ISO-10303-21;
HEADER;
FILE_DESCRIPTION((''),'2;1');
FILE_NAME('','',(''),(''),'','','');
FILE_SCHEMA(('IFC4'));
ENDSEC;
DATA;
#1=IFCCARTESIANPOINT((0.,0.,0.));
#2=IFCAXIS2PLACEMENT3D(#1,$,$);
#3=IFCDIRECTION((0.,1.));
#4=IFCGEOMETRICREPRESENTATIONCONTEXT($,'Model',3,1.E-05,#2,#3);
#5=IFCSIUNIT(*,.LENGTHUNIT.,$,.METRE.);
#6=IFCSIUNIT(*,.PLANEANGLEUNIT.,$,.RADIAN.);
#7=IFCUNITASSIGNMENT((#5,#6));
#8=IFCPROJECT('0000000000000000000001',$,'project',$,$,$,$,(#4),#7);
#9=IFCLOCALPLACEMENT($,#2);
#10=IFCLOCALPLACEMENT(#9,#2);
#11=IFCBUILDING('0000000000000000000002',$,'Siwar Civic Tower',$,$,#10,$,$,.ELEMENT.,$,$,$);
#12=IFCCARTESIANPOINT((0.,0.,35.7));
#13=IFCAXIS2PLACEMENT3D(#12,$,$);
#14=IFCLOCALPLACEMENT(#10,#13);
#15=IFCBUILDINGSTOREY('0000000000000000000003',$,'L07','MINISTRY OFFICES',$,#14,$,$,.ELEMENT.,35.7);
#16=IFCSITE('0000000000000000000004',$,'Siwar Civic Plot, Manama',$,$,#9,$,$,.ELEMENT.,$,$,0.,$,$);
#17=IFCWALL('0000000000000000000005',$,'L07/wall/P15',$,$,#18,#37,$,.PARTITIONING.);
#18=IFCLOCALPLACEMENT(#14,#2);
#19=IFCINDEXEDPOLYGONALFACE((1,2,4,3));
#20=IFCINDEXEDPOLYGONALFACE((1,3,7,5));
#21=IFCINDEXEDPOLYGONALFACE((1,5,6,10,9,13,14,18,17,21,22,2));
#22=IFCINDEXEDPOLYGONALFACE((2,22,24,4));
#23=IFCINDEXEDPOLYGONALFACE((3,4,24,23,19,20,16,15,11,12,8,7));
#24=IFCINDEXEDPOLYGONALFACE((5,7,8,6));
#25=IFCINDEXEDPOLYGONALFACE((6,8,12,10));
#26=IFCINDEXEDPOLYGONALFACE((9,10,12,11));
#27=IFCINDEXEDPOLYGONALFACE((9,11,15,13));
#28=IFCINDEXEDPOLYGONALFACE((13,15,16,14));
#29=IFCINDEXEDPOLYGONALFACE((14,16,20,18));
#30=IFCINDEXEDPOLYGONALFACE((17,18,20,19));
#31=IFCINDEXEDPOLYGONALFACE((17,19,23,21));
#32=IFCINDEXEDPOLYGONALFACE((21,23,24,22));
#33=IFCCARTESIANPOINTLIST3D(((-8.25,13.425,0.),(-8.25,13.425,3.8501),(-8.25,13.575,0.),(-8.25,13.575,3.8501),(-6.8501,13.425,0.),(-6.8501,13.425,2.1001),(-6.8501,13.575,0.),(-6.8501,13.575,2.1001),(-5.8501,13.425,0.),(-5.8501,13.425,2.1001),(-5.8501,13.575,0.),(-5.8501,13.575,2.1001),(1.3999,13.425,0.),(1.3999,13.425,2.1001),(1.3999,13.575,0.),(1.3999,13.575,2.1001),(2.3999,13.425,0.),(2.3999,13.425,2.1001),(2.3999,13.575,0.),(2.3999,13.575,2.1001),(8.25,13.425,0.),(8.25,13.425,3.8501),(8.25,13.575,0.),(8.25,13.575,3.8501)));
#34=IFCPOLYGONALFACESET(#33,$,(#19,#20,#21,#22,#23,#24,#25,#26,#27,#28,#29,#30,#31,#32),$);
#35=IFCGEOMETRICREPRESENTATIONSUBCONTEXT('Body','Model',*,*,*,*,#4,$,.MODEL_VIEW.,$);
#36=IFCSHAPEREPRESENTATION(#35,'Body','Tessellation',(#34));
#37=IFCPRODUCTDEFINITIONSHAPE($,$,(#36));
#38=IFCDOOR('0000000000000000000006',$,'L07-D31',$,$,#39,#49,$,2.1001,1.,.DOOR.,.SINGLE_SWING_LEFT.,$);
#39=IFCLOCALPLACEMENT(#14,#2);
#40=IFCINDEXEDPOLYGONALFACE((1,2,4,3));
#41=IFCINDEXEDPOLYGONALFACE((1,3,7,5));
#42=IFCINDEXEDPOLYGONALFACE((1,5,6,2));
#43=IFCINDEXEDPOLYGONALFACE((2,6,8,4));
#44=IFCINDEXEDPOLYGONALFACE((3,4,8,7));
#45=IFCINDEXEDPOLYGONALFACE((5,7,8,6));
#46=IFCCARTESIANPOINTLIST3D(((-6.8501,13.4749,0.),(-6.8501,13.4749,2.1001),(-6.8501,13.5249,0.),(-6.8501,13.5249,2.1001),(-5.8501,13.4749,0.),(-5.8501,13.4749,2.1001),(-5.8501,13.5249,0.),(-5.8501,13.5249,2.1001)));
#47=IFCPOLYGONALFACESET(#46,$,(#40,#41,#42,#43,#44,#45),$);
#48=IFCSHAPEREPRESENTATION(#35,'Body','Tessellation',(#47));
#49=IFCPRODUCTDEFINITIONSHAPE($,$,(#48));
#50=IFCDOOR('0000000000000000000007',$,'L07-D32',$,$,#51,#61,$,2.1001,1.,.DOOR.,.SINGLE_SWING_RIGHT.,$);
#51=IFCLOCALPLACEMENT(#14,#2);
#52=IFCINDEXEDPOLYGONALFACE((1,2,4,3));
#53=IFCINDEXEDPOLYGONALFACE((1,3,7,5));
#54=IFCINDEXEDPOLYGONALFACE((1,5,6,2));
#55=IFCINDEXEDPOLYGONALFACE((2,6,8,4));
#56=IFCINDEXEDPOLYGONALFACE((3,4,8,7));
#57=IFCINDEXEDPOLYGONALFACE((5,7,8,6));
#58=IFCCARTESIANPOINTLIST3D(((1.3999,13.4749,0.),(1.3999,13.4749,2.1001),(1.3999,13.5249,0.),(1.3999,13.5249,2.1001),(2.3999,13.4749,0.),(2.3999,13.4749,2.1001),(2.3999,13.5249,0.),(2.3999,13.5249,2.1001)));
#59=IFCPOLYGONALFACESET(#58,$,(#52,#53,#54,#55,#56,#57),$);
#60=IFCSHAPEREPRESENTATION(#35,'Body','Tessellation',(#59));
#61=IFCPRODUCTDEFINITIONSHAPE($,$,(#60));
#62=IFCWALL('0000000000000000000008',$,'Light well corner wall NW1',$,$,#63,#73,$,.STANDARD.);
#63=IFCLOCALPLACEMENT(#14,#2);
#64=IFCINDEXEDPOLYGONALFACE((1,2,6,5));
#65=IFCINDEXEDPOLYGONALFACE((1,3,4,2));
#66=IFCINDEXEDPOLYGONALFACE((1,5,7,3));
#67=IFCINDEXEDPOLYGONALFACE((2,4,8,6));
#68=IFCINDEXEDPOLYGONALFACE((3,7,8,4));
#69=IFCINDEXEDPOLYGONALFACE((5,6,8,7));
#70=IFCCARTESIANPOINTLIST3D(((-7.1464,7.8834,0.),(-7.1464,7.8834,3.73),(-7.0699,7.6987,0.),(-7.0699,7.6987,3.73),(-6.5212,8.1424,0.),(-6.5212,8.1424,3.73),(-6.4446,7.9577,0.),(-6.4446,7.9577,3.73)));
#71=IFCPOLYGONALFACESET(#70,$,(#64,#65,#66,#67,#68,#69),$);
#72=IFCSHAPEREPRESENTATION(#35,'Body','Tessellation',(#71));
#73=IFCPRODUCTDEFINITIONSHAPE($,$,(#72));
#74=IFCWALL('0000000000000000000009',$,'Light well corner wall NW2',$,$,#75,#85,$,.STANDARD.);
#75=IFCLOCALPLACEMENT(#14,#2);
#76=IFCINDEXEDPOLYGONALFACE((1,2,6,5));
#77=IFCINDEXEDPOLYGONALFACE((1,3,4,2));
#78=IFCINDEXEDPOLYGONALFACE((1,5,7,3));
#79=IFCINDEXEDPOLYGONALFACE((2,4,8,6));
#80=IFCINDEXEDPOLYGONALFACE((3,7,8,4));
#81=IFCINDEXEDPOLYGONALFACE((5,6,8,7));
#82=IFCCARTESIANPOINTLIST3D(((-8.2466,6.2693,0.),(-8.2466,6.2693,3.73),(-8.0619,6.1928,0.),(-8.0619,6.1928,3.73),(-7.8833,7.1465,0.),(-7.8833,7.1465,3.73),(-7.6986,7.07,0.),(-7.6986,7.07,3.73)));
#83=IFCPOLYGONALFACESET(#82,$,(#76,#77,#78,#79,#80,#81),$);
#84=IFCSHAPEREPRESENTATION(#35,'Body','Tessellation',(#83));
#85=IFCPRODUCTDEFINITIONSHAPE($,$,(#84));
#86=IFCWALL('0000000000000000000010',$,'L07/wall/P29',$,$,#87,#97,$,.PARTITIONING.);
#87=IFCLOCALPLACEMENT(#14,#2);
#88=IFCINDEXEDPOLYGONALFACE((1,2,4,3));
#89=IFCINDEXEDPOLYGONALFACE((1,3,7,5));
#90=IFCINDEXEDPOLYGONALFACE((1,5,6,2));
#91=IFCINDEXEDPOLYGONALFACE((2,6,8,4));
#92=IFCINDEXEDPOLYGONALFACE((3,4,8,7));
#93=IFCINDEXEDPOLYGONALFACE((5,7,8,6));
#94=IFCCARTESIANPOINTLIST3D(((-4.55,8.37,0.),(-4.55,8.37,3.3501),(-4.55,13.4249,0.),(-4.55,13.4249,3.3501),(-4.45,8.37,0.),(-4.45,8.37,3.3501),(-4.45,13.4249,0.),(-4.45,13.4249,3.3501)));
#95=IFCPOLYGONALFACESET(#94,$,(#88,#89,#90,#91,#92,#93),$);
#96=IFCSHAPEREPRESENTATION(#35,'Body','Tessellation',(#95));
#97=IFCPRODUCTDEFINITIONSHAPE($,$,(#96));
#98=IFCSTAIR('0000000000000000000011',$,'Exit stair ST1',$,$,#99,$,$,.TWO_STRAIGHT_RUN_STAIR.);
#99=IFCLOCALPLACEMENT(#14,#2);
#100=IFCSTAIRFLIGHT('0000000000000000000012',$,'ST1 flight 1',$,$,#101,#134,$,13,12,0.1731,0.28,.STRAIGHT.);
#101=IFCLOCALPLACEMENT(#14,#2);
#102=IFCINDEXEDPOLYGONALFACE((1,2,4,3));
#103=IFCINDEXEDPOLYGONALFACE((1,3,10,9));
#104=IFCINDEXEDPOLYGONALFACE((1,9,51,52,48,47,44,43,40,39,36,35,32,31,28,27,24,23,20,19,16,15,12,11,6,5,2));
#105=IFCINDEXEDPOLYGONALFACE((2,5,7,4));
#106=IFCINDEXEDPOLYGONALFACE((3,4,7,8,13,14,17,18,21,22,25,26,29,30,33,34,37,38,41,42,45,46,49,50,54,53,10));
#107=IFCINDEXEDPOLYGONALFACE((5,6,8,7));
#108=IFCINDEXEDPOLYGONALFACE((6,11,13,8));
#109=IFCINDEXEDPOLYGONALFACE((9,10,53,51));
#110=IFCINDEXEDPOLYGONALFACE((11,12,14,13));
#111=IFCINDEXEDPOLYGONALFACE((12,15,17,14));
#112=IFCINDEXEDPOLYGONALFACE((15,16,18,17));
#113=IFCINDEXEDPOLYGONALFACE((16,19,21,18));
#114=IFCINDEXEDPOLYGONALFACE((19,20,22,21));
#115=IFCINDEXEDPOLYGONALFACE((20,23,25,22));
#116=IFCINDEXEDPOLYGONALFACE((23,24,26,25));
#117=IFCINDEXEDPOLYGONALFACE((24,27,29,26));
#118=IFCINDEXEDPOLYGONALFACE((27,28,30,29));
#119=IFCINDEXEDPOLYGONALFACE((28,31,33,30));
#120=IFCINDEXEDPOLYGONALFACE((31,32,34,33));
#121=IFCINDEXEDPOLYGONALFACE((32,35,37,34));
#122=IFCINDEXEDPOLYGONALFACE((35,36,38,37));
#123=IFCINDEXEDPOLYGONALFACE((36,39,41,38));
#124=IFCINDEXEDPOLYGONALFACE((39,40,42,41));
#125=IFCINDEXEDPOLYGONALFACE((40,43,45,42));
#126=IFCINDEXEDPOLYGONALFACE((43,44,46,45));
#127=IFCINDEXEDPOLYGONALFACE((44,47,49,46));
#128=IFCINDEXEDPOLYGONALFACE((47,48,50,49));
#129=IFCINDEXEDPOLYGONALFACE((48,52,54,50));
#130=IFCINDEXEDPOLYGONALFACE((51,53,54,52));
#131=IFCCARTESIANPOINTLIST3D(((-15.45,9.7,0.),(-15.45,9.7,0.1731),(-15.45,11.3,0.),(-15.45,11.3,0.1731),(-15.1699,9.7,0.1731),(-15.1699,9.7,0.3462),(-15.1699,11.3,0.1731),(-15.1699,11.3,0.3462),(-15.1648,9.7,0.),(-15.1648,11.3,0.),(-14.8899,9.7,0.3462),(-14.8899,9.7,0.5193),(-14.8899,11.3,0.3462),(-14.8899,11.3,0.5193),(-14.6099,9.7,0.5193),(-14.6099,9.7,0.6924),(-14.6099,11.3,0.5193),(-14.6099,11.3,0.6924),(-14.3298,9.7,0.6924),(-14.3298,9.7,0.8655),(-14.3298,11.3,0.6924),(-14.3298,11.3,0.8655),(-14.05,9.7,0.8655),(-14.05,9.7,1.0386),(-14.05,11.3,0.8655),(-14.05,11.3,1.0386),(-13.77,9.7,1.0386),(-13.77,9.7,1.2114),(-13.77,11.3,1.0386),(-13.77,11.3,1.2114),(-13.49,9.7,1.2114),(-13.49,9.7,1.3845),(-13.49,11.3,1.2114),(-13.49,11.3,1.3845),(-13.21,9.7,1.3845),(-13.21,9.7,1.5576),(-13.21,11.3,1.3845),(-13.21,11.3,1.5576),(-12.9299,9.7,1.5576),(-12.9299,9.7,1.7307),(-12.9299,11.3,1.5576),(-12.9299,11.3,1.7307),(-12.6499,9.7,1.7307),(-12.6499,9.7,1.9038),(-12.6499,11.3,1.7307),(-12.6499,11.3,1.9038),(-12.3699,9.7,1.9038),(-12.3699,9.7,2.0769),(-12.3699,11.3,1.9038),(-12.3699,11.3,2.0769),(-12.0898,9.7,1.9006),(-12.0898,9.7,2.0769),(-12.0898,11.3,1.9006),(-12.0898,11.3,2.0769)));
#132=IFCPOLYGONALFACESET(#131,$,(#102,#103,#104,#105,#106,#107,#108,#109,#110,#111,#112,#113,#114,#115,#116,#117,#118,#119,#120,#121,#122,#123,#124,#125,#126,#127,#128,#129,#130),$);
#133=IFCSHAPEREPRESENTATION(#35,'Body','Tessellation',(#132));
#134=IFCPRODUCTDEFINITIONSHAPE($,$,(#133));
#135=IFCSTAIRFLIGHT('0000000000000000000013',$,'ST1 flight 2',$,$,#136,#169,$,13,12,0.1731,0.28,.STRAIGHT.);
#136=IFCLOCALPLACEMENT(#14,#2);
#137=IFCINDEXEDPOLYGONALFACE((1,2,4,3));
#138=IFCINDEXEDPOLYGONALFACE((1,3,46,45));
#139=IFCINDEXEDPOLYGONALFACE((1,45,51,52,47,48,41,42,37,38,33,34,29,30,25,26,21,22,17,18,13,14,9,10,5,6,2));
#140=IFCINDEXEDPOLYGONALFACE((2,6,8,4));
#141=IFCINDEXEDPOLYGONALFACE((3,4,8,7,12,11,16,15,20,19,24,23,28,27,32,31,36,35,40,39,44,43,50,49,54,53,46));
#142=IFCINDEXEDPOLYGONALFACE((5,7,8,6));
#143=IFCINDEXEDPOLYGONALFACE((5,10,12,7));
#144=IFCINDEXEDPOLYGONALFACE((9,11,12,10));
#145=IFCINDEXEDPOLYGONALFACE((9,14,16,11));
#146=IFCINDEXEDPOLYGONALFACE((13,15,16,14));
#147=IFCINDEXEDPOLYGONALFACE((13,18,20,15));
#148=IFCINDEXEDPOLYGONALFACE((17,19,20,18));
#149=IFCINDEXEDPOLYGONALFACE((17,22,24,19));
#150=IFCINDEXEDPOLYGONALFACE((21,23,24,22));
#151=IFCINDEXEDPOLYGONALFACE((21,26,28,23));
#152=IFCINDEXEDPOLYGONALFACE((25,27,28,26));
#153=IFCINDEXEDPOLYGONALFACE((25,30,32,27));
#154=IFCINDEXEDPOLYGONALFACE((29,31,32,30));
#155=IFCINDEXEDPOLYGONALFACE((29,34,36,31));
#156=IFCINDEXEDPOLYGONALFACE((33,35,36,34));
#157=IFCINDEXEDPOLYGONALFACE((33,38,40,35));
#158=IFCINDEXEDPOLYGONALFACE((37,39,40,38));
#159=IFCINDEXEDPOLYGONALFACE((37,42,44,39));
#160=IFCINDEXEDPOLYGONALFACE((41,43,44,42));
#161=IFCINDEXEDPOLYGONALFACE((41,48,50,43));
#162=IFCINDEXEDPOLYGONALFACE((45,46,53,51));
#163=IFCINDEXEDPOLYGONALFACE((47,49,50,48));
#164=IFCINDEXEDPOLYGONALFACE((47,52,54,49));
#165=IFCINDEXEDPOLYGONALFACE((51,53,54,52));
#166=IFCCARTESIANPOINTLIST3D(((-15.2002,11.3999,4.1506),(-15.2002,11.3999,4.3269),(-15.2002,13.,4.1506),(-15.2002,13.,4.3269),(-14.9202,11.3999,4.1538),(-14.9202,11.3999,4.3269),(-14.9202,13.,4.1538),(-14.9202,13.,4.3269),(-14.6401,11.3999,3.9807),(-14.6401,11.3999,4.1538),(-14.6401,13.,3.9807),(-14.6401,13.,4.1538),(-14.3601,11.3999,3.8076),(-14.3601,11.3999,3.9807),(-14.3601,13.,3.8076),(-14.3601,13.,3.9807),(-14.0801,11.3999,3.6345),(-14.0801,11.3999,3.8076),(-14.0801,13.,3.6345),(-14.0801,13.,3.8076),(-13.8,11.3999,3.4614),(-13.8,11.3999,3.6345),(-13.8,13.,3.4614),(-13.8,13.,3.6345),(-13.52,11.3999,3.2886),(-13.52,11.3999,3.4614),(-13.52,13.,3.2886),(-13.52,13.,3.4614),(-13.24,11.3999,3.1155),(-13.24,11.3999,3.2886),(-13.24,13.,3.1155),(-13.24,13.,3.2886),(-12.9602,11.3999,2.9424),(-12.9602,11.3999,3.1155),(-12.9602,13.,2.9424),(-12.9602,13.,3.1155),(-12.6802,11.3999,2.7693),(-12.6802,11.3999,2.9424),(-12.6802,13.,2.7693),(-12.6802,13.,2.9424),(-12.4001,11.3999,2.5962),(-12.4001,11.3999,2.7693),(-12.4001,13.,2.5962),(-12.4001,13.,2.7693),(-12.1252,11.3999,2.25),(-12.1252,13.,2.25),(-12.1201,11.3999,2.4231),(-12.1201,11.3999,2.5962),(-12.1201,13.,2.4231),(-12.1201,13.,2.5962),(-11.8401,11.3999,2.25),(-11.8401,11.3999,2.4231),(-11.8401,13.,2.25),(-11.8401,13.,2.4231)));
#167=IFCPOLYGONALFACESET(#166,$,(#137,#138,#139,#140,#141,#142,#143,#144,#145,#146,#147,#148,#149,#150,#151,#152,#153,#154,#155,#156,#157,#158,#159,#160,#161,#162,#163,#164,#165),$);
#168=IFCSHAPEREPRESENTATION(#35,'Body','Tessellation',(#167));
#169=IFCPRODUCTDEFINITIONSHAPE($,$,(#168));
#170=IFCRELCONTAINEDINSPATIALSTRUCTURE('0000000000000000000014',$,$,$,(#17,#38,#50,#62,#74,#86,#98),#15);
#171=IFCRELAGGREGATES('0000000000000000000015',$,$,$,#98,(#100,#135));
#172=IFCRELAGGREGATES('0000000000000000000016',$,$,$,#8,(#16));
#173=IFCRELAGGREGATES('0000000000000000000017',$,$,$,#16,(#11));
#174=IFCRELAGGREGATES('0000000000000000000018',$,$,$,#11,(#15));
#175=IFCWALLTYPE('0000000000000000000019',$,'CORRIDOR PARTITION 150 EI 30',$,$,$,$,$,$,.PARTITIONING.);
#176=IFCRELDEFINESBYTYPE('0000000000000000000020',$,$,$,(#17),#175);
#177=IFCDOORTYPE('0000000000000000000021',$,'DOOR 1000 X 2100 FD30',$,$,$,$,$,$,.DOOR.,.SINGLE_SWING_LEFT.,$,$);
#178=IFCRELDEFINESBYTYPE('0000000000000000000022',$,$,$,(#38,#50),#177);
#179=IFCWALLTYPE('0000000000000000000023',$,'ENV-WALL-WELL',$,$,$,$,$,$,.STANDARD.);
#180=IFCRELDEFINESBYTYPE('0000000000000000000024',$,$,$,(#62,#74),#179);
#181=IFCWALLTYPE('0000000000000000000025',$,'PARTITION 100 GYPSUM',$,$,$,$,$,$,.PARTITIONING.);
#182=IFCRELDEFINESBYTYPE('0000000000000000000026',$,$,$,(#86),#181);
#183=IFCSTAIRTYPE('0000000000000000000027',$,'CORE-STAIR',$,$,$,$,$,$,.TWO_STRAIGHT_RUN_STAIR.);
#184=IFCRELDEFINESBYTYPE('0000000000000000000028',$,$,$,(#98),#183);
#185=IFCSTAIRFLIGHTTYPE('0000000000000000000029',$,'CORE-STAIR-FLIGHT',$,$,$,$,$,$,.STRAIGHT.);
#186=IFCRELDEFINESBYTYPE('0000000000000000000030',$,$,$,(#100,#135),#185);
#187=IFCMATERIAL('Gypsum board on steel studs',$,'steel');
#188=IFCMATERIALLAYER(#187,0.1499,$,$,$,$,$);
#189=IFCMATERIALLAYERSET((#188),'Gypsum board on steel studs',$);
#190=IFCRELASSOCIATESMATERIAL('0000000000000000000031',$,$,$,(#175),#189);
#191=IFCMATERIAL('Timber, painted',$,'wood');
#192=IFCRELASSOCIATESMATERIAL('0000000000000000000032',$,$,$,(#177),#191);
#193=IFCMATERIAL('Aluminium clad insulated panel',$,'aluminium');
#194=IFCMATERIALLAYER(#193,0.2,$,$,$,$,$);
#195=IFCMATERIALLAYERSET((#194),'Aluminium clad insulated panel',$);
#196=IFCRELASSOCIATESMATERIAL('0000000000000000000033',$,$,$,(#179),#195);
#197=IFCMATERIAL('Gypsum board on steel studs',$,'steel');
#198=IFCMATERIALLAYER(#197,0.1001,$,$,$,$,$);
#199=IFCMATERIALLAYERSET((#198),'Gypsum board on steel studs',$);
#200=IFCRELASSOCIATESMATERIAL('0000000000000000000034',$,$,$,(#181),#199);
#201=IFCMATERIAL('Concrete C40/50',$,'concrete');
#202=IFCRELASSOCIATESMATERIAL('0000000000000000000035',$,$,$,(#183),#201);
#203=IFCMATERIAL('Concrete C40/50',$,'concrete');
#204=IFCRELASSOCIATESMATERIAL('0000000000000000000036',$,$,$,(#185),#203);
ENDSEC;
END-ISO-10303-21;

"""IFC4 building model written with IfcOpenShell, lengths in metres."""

from ifc_helpers import new_model, si_unit, direction, frame, frame_2d, origin, place, context, subcontext, project, spatial, polyline, rectangle, outline, extrude, material, layer, layer_set, type_object, element, fill, aggregate, save


model = new_model("IFC4")

# Units and contexts
model_context = context("Model", 3, precision=1e-05, world=origin(), true_north=direction((0.0, 1.0)))
body_context = subcontext(model_context, "Body", "Model", "MODEL_VIEW")
ifc_project = project(units=[si_unit("LENGTHUNIT", "METRE"), si_unit("PLANEANGLEUNIT", "RADIAN")], contexts=[model_context])

# Site, building, storey
site_placement = place(None, origin())
site = spatial("IfcSite", under=ifc_project, at=site_placement, Name="Siwar Civic Plot, Manama", CompositionType="ELEMENT", RefElevation=0.0)
building_placement = place(site_placement, origin())
building = spatial("IfcBuilding", under=site, at=building_placement, Name="Siwar Civic Tower", CompositionType="ELEMENT")
storey_placement = place(building_placement, frame((0.0, 0.0, 35.7)))
storey = spatial("IfcBuildingStorey", under=building, at=storey_placement, Name="L07", Description="MINISTRY OFFICES", CompositionType="ELEMENT", Elevation=35.7)

# Wall, openings, doors
ifc_material_1 = material(Name="Gypsum board on steel studs", Category="steel")
ifc_layer_1 = layer(ifc_material_1, 0.1499)
ifc_layer_set_1 = layer_set([ifc_layer_1], Name="Gypsum board on steel studs")
wall_type_1 = type_object("IfcWallType", Name="CORRIDOR PARTITION 150 EI 30", PredefinedType="PARTITIONING", material=ifc_layer_set_1)
wall_1_placement = place(storey_placement, frame((-8.25, 13.5, 0.0), z_axis=(0.0, 0.0, 1.0), x_axis=(1.0, 0.0, 0.0)))
wall_1 = element("IfcWall", 1, at=wall_1_placement, inside=storey, type_object=wall_type_1, Name="L07/wall/P15", PredefinedType="PARTITIONING", context=body_context, shape_type="SweptSolid", body=[
    extrude(rectangle(XDim=16.5, YDim=0.1499, at=frame_2d((8.25, 0.0))), origin(), (0.0, 0.0, 1.0), 3.8501),
])
opening_1_placement = place(wall_1_placement, frame((1.3999, 0.0, 0.0)))
opening_1 = element("IfcOpeningElement", 2, at=opening_1_placement, cuts=wall_1, PredefinedType="OPENING", context=body_context, shape_type="SweptSolid", body=[
    extrude(rectangle(XDim=1.0, YDim=2.1001, at=frame_2d((0.5, 1.05))), frame((0.0, 0.085, 0.0), z_axis=(0.0, -1.0, 0.0), x_axis=(1.0, 0.0, 0.0)), (0.0, 0.0, 1.0), 0.1699),
])
opening_2_placement = place(wall_1_placement, frame((9.6499, 0.0, 0.0)))
opening_2 = element("IfcOpeningElement", 3, at=opening_2_placement, cuts=wall_1, PredefinedType="OPENING", context=body_context, shape_type="SweptSolid", body=[
    extrude(rectangle(XDim=1.0, YDim=2.1001, at=frame_2d((0.5, 1.05))), frame((0.0, 0.085, 0.0), z_axis=(0.0, -1.0, 0.0), x_axis=(1.0, 0.0, 0.0)), (0.0, 0.0, 1.0), 0.1699),
])
ifc_material_2 = material(Name="Timber, painted", Category="wood")
door_type_1 = type_object("IfcDoorType", Name="DOOR 1000 X 2100 FD30", OperationType="SINGLE_SWING_LEFT", PredefinedType="DOOR", material=ifc_material_2)
door_1_placement = place(opening_1_placement, origin())
door_1 = element("IfcDoor", 4, at=door_1_placement, inside=storey, type_object=door_type_1, Name="L07-D31", OperationType="SINGLE_SWING_LEFT", OverallHeight=2.1001, OverallWidth=1.0, PredefinedType="DOOR", context=body_context, shape_type="SweptSolid", body=[
    extrude(rectangle(XDim=1.0, YDim=2.1001, at=frame_2d((0.5, 1.05))), frame((0.0, 0.0249, 0.0), z_axis=(0.0, -1.0, 0.0), x_axis=(1.0, 0.0, 0.0)), (0.0, 0.0, 1.0), 0.05),
])
fill(opening_1, door_1)
door_2_placement = place(opening_2_placement, origin())
door_2 = element("IfcDoor", 5, at=door_2_placement, inside=storey, type_object=door_type_1, Name="L07-D32", OperationType="SINGLE_SWING_RIGHT", OverallHeight=2.1001, OverallWidth=1.0, PredefinedType="DOOR", context=body_context, shape_type="SweptSolid", body=[
    extrude(rectangle(XDim=1.0, YDim=2.1001, at=frame_2d((0.5, 1.05))), frame((0.0, 0.0249, 0.0), z_axis=(0.0, -1.0, 0.0), x_axis=(1.0, 0.0, 0.0)), (0.0, 0.0, 1.0), 0.05),
])
fill(opening_2, door_2)

# Walls
ifc_material_3 = material(Name="Aluminium clad insulated panel", Category="aluminium")
ifc_layer_2 = layer(ifc_material_3, 0.2)
ifc_layer_set_2 = layer_set([ifc_layer_2], Name="Aluminium clad insulated panel")
wall_type_2 = type_object("IfcWallType", Name="ENV-WALL-WELL", PredefinedType="STANDARD", material=ifc_layer_set_2)
wall_2_placement = place(storey_placement, frame((-6.4829, 8.05, 0.0), z_axis=(0.0, 0.0, 1.0), x_axis=(-0.923854, -0.382745, 0.0)))
element("IfcWall", 6, at=wall_2_placement, inside=storey, type_object=wall_type_2, Name="Light well corner wall NW1", PredefinedType="STANDARD", context=body_context, shape_type="SweptSolid", body=[
    extrude(rectangle(XDim=0.6768, YDim=0.2, at=frame_2d((0.3384, 0.0))), origin(), (0.0, 0.0, 1.0), 3.73),
])
wall_3_placement = place(storey_placement, frame((-7.791, 7.1082, 0.0), z_axis=(0.0, 0.0, 1.0), x_axis=(-0.382624, -0.923904, 0.0)))
element("IfcWall", 7, at=wall_3_placement, inside=storey, type_object=wall_type_2, Name="Light well corner wall NW2", PredefinedType="STANDARD", context=body_context, shape_type="SweptSolid", body=[
    extrude(rectangle(XDim=0.9495, YDim=0.2, at=frame_2d((0.4746, 0.0))), origin(), (0.0, 0.0, 1.0), 3.73),
])
ifc_material_4 = material(Name="Gypsum board on steel studs", Category="steel")
ifc_layer_3 = layer(ifc_material_4, 0.1001)
ifc_layer_set_3 = layer_set([ifc_layer_3], Name="Gypsum board on steel studs")
wall_type_3 = type_object("IfcWallType", Name="PARTITION 100 GYPSUM", PredefinedType="PARTITIONING", material=ifc_layer_set_3)
wall_4_placement = place(storey_placement, frame((-4.5, 8.3701, 0.0), z_axis=(0.0, 0.0, 1.0), x_axis=(0.0, 1.0, 0.0)))
element("IfcWall", 8, at=wall_4_placement, inside=storey, type_object=wall_type_3, Name="L07/wall/P29", PredefinedType="PARTITIONING", context=body_context, shape_type="SweptSolid", body=[
    extrude(rectangle(XDim=5.0549, YDim=0.1001, at=frame_2d((2.5273, 0.0))), origin(), (0.0, 0.0, 1.0), 3.3501),
])

# Stair, stair flights
ifc_material_5 = material(Name="Concrete C40/50", Category="concrete")
stair_type = type_object("IfcStairType", Name="CORE-STAIR", PredefinedType="TWO_STRAIGHT_RUN_STAIR", material=ifc_material_5)
stair_placement = place(storey_placement, origin())
stair = element("IfcStair", 9, at=stair_placement, inside=storey, type_object=stair_type, Name="Exit stair ST1", PredefinedType="TWO_STRAIGHT_RUN_STAIR")
ifc_material_6 = material(Name="Concrete C40/50", Category="concrete")
stair_flight_type = type_object("IfcStairFlightType", Name="CORE-STAIR-FLIGHT", PredefinedType="STRAIGHT", material=ifc_material_6)
stair_flight_1_placement = place(storey_placement, frame((-15.45, 10.5, 0.0), z_axis=(0.0, 0.0, 1.0), x_axis=(1.0, 0.0, 0.0)))
stair_flight_1 = element("IfcStairFlight", 10, at=stair_flight_1_placement, type_object=stair_flight_type, Name="ST1 flight 1", NumberOfRisers=13, NumberOfTreads=12, PredefinedType="STRAIGHT", RiserHeight=0.1731, TreadLength=0.28, context=body_context, shape_type="SweptSolid", body=[
    extrude(outline(polyline([(0.0, 0.0), (0.0, 0.1731), (0.28, 0.1731), (0.28, 0.3462), (0.5601, 0.3462), (0.5601, 0.5193), (0.8401, 0.5193), (0.8401, 0.6924), (1.1201, 0.6924), (1.1201, 0.8655), (1.3999, 0.8655), (1.3999, 1.0386), (1.6799, 1.0386), (1.6799, 1.2114), (1.96, 1.2114), (1.96, 1.3845), (2.24, 1.3845), (2.24, 1.5576), (2.52, 1.5576), (2.52, 1.7307), (2.8, 1.7307), (2.8, 1.9038), (3.0801, 1.9038), (3.0801, 2.0769), (3.3601, 2.0769), (3.3601, 2.25), (3.3601, 1.9006), (0.2852, 0.0), (0.0, 0.0)])), frame((0.0, 0.8, 0.0), z_axis=(0.0, -1.0, 0.0), x_axis=(1.0, 0.0, 0.0)), (0.0, 0.0, 1.0), 1.6001),
])
stair_flight_2_placement = place(storey_placement, frame((-11.8401, 12.2, 2.25), z_axis=(0.0, 0.0, 1.0), x_axis=(-1.0, 0.0, 0.0)))
stair_flight_2 = element("IfcStairFlight", 11, at=stair_flight_2_placement, type_object=stair_flight_type, Name="ST1 flight 2", NumberOfRisers=13, NumberOfTreads=12, PredefinedType="STRAIGHT", RiserHeight=0.1731, TreadLength=0.28, context=body_context, shape_type="SweptSolid", body=[
    extrude(outline(polyline([(0.0, 0.0), (0.0, 0.1731), (0.28, 0.1731), (0.28, 0.3462), (0.5601, 0.3462), (0.5601, 0.5193), (0.8401, 0.5193), (0.8401, 0.6924), (1.1201, 0.6924), (1.1201, 0.8655), (1.3999, 0.8655), (1.3999, 1.0386), (1.6799, 1.0386), (1.6799, 1.2114), (1.96, 1.2114), (1.96, 1.3845), (2.24, 1.3845), (2.24, 1.5576), (2.52, 1.5576), (2.52, 1.7307), (2.8, 1.7307), (2.8, 1.9038), (3.0801, 1.9038), (3.0801, 2.0769), (3.3601, 2.0769), (3.3601, 2.25), (3.3601, 1.9006), (0.2852, 0.0), (0.0, 0.0)])), frame((0.0, 0.8, 0.0), z_axis=(0.0, -1.0, 0.0), x_axis=(1.0, 0.0, 0.0)), (0.0, 0.0, 1.0), 1.6001),
])
aggregate(stair, [stair_flight_1, stair_flight_2])

save(model, "model.ifc")
